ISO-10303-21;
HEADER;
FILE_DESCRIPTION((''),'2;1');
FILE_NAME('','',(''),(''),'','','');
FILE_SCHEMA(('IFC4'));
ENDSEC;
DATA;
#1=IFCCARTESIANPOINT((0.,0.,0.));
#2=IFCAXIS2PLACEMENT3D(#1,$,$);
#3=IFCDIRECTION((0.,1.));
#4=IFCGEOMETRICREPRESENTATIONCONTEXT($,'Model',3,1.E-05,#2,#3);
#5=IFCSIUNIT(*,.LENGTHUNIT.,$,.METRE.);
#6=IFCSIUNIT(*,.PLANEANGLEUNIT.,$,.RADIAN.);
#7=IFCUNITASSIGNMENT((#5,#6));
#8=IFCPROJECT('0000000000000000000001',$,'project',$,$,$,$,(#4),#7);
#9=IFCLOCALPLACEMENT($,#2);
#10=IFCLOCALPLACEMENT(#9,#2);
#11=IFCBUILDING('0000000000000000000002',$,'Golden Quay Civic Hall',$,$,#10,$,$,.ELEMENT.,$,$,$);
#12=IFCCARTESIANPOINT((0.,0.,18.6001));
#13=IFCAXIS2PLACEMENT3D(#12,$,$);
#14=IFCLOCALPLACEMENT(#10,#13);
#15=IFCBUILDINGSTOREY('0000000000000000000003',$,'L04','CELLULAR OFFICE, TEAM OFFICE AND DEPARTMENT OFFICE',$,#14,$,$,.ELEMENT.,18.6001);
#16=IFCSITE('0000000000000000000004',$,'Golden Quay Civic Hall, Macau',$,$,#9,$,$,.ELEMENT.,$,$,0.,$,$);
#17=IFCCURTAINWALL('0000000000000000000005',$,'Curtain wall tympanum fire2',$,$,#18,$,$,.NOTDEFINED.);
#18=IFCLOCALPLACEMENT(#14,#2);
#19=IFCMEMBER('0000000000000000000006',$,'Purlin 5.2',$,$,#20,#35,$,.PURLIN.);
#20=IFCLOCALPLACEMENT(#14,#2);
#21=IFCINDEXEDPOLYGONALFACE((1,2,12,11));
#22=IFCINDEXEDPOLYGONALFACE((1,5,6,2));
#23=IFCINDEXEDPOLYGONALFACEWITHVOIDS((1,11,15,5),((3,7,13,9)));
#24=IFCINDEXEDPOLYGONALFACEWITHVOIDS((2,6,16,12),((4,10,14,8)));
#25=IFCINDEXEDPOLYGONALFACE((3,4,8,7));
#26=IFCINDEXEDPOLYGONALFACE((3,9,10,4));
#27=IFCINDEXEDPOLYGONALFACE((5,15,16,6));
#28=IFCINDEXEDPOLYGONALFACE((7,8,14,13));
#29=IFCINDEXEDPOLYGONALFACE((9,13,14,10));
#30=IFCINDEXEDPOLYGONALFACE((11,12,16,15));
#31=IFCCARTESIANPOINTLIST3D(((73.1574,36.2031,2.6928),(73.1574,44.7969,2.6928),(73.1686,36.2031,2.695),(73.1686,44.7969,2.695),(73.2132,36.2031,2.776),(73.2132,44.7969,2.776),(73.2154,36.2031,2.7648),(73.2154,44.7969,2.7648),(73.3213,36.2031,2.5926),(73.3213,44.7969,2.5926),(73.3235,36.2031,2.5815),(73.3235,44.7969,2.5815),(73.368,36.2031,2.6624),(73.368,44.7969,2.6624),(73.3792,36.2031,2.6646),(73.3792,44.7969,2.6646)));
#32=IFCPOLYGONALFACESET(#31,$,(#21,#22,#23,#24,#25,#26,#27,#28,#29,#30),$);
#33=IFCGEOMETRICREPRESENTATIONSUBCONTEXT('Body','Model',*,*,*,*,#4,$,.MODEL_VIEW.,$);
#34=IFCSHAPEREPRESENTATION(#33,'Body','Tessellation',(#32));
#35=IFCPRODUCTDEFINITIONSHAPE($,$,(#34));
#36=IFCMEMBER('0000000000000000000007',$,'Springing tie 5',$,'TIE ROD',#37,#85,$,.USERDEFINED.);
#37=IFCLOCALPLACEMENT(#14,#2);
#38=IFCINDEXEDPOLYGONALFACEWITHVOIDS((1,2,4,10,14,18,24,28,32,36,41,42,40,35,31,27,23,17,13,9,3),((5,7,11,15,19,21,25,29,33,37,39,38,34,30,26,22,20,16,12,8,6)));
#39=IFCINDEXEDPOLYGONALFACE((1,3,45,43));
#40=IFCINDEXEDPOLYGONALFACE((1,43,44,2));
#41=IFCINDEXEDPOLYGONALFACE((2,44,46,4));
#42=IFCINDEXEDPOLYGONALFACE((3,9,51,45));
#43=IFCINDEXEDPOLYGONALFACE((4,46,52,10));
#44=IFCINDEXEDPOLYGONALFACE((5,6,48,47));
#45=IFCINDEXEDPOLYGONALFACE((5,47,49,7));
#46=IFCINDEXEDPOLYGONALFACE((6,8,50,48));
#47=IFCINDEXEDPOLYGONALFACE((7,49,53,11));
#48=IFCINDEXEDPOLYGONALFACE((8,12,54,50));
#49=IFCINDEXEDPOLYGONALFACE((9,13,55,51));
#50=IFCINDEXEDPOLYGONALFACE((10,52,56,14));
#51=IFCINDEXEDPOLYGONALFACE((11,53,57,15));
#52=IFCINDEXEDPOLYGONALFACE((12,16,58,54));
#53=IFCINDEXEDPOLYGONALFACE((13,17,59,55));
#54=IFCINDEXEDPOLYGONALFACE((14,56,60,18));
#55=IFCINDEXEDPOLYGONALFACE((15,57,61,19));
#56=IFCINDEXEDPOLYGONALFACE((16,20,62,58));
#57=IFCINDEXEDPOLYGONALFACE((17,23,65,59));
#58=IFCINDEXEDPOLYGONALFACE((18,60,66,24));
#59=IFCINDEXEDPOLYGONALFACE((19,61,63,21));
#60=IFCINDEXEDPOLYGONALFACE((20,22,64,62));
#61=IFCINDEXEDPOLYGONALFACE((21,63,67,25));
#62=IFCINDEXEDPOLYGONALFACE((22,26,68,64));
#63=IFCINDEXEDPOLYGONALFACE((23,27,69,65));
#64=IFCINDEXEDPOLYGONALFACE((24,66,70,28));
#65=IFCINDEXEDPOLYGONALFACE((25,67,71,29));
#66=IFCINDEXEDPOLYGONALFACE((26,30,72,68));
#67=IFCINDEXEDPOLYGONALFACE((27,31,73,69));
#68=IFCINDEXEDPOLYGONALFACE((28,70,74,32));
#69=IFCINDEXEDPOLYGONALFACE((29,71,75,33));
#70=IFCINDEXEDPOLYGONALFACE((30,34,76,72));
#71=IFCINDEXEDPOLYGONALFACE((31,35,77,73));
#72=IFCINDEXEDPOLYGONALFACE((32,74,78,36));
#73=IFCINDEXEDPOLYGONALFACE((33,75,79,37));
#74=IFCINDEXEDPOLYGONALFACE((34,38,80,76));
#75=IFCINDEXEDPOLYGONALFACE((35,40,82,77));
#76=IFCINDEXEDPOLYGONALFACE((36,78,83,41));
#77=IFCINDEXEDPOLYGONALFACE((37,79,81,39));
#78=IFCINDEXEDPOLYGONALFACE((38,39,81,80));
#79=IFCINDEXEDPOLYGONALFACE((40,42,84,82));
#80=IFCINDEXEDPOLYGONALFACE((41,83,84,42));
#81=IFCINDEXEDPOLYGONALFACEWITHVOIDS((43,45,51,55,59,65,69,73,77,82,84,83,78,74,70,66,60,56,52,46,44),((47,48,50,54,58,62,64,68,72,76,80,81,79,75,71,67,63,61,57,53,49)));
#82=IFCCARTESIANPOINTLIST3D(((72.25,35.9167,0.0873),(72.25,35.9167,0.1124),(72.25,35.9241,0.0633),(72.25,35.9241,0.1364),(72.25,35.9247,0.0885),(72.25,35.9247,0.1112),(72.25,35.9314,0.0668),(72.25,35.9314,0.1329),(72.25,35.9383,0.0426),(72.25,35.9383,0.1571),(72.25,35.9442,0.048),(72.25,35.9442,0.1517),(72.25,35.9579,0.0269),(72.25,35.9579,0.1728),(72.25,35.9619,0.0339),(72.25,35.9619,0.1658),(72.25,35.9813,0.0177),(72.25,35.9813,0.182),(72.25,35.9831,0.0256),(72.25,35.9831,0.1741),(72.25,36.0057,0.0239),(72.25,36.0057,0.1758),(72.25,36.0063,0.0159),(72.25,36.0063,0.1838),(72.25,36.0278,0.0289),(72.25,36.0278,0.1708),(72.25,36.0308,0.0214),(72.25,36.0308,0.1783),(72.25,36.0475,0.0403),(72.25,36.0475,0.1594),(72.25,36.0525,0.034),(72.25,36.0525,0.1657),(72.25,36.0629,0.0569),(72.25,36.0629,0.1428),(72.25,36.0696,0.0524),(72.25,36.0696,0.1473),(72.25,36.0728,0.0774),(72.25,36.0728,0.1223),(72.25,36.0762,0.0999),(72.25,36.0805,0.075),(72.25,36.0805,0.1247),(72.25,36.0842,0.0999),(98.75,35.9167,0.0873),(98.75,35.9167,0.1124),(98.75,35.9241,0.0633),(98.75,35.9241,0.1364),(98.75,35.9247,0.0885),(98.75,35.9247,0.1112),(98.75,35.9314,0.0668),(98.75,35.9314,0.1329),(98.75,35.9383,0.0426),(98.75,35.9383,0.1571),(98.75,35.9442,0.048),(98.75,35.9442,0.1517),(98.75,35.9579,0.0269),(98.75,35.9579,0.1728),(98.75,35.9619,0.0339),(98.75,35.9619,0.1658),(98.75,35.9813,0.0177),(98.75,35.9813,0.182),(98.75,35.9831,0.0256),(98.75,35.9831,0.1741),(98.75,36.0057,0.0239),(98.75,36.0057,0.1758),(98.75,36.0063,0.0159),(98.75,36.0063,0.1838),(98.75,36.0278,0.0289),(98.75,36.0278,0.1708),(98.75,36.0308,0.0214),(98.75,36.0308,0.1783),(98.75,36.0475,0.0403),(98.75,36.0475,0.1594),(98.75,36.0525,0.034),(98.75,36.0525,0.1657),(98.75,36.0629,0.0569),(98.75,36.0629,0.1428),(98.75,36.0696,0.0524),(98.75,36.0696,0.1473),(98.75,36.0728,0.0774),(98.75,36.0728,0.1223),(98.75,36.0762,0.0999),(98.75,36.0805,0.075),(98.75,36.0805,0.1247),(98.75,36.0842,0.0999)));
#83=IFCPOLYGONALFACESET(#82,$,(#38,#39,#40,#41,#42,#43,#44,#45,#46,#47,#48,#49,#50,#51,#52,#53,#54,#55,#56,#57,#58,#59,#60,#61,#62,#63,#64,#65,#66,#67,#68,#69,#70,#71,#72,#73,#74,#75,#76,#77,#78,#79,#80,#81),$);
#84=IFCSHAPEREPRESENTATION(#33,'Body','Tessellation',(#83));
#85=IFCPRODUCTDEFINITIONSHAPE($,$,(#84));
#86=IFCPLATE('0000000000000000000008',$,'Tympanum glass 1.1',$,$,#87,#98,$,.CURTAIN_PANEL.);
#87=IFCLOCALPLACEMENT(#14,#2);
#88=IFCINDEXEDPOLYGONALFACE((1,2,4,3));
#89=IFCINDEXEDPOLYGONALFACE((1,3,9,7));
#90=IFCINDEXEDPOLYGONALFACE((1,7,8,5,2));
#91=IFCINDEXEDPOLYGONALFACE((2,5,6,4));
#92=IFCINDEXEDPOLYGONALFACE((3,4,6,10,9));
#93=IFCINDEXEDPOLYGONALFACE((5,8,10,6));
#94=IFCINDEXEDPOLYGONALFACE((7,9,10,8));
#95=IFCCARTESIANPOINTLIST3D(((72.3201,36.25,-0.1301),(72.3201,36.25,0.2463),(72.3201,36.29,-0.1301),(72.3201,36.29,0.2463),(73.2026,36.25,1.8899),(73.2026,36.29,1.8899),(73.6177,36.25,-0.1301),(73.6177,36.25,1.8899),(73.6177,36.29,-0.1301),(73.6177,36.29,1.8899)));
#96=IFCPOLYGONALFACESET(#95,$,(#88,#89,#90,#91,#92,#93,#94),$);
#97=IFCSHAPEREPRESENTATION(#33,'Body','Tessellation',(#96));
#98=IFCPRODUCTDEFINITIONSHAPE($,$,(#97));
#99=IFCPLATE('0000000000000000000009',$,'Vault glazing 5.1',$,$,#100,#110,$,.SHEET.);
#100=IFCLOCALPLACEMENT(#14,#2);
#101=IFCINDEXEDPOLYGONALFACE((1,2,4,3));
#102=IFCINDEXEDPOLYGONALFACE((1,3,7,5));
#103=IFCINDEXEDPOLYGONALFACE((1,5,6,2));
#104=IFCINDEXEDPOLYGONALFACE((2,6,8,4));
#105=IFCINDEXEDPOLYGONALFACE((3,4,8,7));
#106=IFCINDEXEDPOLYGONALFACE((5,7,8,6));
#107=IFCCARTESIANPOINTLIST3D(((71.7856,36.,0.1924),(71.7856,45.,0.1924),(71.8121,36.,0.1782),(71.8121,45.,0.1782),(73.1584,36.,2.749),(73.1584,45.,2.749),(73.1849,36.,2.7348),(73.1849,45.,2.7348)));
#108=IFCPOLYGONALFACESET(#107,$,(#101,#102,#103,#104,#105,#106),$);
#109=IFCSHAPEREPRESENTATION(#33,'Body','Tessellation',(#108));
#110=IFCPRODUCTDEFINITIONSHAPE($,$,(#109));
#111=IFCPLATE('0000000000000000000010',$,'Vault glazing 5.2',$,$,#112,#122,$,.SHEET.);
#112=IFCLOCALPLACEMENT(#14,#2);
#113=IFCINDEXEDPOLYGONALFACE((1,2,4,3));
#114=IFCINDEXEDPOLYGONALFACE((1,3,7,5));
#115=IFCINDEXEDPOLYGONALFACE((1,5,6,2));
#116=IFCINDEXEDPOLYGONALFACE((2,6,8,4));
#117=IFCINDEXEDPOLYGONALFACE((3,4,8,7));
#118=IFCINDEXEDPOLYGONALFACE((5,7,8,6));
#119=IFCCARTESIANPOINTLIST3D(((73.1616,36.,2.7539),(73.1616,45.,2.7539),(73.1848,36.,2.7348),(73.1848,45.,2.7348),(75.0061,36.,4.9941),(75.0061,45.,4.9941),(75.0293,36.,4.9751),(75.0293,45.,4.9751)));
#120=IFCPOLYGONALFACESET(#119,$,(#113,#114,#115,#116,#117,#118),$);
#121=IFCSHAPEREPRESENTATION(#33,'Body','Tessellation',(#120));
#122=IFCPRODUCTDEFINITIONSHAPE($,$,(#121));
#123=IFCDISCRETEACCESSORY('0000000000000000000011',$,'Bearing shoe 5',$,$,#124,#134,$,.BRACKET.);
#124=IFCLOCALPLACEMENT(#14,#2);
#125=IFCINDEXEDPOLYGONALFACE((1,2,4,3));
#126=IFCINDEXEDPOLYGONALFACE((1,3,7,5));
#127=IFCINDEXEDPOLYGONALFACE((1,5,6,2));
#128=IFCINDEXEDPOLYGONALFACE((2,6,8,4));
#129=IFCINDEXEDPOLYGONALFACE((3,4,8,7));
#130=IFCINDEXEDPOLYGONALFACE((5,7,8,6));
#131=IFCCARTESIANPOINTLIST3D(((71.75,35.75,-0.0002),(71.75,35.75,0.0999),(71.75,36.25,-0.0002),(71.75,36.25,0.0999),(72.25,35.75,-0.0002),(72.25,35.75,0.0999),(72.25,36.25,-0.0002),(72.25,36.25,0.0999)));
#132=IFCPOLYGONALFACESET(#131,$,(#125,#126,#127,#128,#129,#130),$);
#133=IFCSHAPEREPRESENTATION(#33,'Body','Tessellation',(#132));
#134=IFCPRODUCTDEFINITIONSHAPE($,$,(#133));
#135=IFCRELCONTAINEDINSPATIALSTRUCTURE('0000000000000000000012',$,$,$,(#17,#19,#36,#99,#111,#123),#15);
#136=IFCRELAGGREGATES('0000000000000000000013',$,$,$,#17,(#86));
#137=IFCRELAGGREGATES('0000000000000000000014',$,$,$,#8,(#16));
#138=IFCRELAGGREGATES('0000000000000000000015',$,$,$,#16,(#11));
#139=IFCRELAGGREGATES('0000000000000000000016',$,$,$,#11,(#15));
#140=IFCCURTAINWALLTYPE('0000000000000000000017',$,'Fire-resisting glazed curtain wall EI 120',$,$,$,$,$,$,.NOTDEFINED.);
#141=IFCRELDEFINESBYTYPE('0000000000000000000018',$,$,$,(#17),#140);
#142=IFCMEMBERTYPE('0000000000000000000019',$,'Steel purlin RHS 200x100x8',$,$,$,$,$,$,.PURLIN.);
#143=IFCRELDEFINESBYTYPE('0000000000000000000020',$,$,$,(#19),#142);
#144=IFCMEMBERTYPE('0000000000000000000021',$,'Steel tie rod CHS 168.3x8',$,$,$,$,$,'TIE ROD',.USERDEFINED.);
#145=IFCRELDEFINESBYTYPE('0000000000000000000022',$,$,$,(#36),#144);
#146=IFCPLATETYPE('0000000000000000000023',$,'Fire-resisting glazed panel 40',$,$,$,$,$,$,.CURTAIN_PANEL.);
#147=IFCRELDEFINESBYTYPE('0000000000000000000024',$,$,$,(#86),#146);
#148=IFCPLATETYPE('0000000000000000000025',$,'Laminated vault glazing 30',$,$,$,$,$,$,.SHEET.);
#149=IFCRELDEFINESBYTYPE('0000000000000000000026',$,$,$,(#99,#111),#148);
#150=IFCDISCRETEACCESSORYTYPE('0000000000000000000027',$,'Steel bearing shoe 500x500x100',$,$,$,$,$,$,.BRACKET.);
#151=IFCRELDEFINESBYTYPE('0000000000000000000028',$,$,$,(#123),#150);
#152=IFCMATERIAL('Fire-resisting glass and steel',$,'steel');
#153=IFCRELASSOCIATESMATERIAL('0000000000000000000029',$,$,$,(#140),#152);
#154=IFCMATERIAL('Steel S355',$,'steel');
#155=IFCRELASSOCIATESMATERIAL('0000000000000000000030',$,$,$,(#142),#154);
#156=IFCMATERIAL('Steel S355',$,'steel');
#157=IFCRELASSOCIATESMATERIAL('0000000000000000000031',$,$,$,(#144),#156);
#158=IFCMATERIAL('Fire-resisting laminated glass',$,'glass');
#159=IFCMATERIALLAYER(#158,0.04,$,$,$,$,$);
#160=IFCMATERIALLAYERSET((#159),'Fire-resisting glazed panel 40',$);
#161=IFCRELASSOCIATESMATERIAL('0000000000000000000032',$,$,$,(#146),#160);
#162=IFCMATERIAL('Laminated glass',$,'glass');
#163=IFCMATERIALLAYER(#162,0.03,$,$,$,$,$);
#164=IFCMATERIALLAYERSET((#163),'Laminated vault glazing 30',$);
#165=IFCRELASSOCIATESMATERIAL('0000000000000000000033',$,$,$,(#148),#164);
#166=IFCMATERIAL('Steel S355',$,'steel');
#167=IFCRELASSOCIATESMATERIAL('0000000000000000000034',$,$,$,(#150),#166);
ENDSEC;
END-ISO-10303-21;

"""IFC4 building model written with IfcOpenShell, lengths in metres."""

from ifc_helpers import new_model, si_unit, direction, frame, origin, origin_2d, place, context, subcontext, project, spatial, polyline, rectangle, hollow_rectangle, hollow_circle, outline, extrude, material, layer, layer_set, material_profile, profile_set, type_object, element, aggregate, save


model = new_model("IFC4")

# Units and contexts
model_context = context("Model", 3, precision=1e-05, world=origin(), true_north=direction((0.0, 1.0)))
body_context = subcontext(model_context, "Body", "Model", "MODEL_VIEW")
ifc_project = project(units=[si_unit("LENGTHUNIT", "METRE"), si_unit("PLANEANGLEUNIT", "RADIAN")], contexts=[model_context])

# Site, building, storey
site_placement = place(None, origin())
site = spatial("IfcSite", under=ifc_project, at=site_placement, Name="Golden Quay Civic Hall, Macau", CompositionType="ELEMENT", RefElevation=0.0)
building_placement = place(site_placement, origin())
building = spatial("IfcBuilding", under=site, at=building_placement, Name="Golden Quay Civic Hall", CompositionType="ELEMENT")
storey_placement = place(building_placement, frame((0.0, 0.0, 18.6001)))
storey = spatial("IfcBuildingStorey", under=building, at=storey_placement, Name="L04", Description="CELLULAR OFFICE, TEAM OFFICE AND DEPARTMENT OFFICE", CompositionType="ELEMENT", Elevation=18.6001)

# Curtain wall
ifc_material_1 = material(Name="Fire-resisting glass and steel", Category="steel")
curtain_wall_type = type_object("IfcCurtainWallType", Name="Fire-resisting glazed curtain wall EI 120", PredefinedType="NOTDEFINED", material=ifc_material_1)
curtain_wall_placement = place(storey_placement, origin())
curtain_wall = element("IfcCurtainWall", 1, at=curtain_wall_placement, inside=storey, type_object=curtain_wall_type, Name="Curtain wall tympanum fire2", PredefinedType="NOTDEFINED")

# Members
ifc_material_2 = material(Name="Steel S355", Category="steel")
ifc_material_profile_1 = material_profile(ifc_material_2, hollow_rectangle(XDim=0.1001, YDim=0.2, WallThickness=0.0081, at=origin_2d()), Name="RHS 200x100x8")
ifc_profile_set_1 = profile_set([ifc_material_profile_1], Name="Steel S355")
member_type_1 = type_object("IfcMemberType", Name="Steel purlin RHS 200x100x8", PredefinedType="PURLIN", material=ifc_profile_set_1)
for number, where, z_axis, x_axis, name in (
    (2, (73.2683, 36.2031, 2.6787), (0.0, 1.0, 0.0), (-0.557019, 0.0, -0.8305), "Purlin 5.2"),
):
    element("IfcMember", number, at=place(storey_placement, frame(where, z_axis=z_axis, x_axis=x_axis)), inside=storey, type_object=member_type_1, Name=name, PredefinedType="PURLIN", context=body_context, shape_type="SweptSolid", body=[
        extrude(hollow_rectangle(XDim=0.1001, YDim=0.2, WallThickness=0.0081, at=origin_2d()), origin(), (0.0, 0.0, 1.0), 8.5938),
    ])
ifc_material_3 = material(Name="Steel S355", Category="steel")
ifc_material_profile_2 = material_profile(ifc_material_3, hollow_circle(Radius=0.0842, WallThickness=0.0081, at=origin_2d()), Name="CHS 168.3x8")
ifc_profile_set_2 = profile_set([ifc_material_profile_2], Name="Steel S355")
member_type_2 = type_object("IfcMemberType", Name="Steel tie rod CHS 168.3x8", ElementType="TIE ROD", PredefinedType="USERDEFINED", material=ifc_profile_set_2)
member_1_placement = place(storey_placement, frame((72.25, 36.0, 0.0999), z_axis=(1.0, 0.0, 0.0), x_axis=(0.0, 1.0, 0.0)))
element("IfcMember", 3, at=member_1_placement, inside=storey, type_object=member_type_2, Name="Springing tie 5", ObjectType="TIE ROD", PredefinedType="USERDEFINED", context=body_context, shape_type="SweptSolid", body=[
    extrude(hollow_circle(Radius=0.0842, WallThickness=0.0081, at=origin_2d()), origin(), (0.0, 0.0, 1.0), 26.5),
])

# Plate
ifc_material_4 = material(Name="Fire-resisting laminated glass", Category="glass")
ifc_layer_1 = layer(ifc_material_4, 0.04)
ifc_layer_set_1 = layer_set([ifc_layer_1], Name="Fire-resisting glazed panel 40")
plate_type_1 = type_object("IfcPlateType", Name="Fire-resisting glazed panel 40", PredefinedType="CURTAIN_PANEL", material=ifc_layer_set_1)
plate_1_placement = place(storey_placement, frame((73.6177, 36.29, -0.1301), z_axis=(0.0, 1.0, 0.0), x_axis=(-1.0, 0.0, 0.0)))
plate_1 = element("IfcPlate", 4, at=plate_1_placement, type_object=plate_type_1, Name="Tympanum glass 1.1", PredefinedType="CURTAIN_PANEL", context=body_context, shape_type="SweptSolid", body=[
    extrude(outline(polyline([(0.0, 0.0), (1.2976, 0.0), (1.2976, 0.3765), (0.415, 2.02), (0.0, 2.02), (0.0, 0.0)])), origin(), (0.0, 0.0, -1.0), 0.04),
])
aggregate(curtain_wall, [plate_1])

# Plates
ifc_material_5 = material(Name="Laminated glass", Category="glass")
ifc_layer_2 = layer(ifc_material_5, 0.03)
ifc_layer_set_2 = layer_set([ifc_layer_2], Name="Laminated vault glazing 30")
plate_type_2 = type_object("IfcPlateType", Name="Laminated vault glazing 30", PredefinedType="SHEET", material=ifc_layer_set_2)
plate_2_placement = place(storey_placement, frame((71.7856, 36.0, 0.1924), z_axis=(-0.881024, 0.0, 0.473071), x_axis=(0.473071, 0.0, 0.881024)))
element("IfcPlate", 5, at=plate_2_placement, inside=storey, type_object=plate_type_2, Name="Vault glazing 5.1", PredefinedType="SHEET", context=body_context, shape_type="SweptSolid", body=[
    extrude(outline(polyline([(0.0, 0.0), (2.9019, 0.0), (2.9019, 9.0), (0.0, 9.0), (0.0, 0.0)])), origin(), (0.0, 0.0, -1.0), 0.03),
])
plate_3_placement = place(storey_placement, frame((73.1616, 36.0, 2.7539), z_axis=(-0.772001, 0.0, 0.635622), x_axis=(0.635622, 0.0, 0.772001)))
element("IfcPlate", 6, at=plate_3_placement, inside=storey, type_object=plate_type_2, Name="Vault glazing 5.2", PredefinedType="SHEET", context=body_context, shape_type="SweptSolid", body=[
    extrude(outline(polyline([(0.0, 0.0), (2.9019, 0.0), (2.9019, 9.0), (0.0, 9.0), (0.0, 0.0)])), origin(), (0.0, 0.0, -1.0), 0.03),
])

# Discrete accessory
ifc_material_6 = material(Name="Steel S355", Category="steel")
discrete_accessory_type = type_object("IfcDiscreteAccessoryType", Name="Steel bearing shoe 500x500x100", PredefinedType="BRACKET", material=ifc_material_6)
discrete_accessory_placement = place(storey_placement, frame((72.0, 36.0, -0.0002), z_axis=(0.0, 0.0, 1.0), x_axis=(1.0, 0.0, 0.0)))
element("IfcDiscreteAccessory", 7, at=discrete_accessory_placement, inside=storey, type_object=discrete_accessory_type, Name="Bearing shoe 5", PredefinedType="BRACKET", context=body_context, shape_type="SweptSolid", body=[
    extrude(rectangle(XDim=0.5, YDim=0.5, at=origin_2d()), origin(), (0.0, 0.0, 1.0), 0.1001),
])

save(model, "model.ifc")
